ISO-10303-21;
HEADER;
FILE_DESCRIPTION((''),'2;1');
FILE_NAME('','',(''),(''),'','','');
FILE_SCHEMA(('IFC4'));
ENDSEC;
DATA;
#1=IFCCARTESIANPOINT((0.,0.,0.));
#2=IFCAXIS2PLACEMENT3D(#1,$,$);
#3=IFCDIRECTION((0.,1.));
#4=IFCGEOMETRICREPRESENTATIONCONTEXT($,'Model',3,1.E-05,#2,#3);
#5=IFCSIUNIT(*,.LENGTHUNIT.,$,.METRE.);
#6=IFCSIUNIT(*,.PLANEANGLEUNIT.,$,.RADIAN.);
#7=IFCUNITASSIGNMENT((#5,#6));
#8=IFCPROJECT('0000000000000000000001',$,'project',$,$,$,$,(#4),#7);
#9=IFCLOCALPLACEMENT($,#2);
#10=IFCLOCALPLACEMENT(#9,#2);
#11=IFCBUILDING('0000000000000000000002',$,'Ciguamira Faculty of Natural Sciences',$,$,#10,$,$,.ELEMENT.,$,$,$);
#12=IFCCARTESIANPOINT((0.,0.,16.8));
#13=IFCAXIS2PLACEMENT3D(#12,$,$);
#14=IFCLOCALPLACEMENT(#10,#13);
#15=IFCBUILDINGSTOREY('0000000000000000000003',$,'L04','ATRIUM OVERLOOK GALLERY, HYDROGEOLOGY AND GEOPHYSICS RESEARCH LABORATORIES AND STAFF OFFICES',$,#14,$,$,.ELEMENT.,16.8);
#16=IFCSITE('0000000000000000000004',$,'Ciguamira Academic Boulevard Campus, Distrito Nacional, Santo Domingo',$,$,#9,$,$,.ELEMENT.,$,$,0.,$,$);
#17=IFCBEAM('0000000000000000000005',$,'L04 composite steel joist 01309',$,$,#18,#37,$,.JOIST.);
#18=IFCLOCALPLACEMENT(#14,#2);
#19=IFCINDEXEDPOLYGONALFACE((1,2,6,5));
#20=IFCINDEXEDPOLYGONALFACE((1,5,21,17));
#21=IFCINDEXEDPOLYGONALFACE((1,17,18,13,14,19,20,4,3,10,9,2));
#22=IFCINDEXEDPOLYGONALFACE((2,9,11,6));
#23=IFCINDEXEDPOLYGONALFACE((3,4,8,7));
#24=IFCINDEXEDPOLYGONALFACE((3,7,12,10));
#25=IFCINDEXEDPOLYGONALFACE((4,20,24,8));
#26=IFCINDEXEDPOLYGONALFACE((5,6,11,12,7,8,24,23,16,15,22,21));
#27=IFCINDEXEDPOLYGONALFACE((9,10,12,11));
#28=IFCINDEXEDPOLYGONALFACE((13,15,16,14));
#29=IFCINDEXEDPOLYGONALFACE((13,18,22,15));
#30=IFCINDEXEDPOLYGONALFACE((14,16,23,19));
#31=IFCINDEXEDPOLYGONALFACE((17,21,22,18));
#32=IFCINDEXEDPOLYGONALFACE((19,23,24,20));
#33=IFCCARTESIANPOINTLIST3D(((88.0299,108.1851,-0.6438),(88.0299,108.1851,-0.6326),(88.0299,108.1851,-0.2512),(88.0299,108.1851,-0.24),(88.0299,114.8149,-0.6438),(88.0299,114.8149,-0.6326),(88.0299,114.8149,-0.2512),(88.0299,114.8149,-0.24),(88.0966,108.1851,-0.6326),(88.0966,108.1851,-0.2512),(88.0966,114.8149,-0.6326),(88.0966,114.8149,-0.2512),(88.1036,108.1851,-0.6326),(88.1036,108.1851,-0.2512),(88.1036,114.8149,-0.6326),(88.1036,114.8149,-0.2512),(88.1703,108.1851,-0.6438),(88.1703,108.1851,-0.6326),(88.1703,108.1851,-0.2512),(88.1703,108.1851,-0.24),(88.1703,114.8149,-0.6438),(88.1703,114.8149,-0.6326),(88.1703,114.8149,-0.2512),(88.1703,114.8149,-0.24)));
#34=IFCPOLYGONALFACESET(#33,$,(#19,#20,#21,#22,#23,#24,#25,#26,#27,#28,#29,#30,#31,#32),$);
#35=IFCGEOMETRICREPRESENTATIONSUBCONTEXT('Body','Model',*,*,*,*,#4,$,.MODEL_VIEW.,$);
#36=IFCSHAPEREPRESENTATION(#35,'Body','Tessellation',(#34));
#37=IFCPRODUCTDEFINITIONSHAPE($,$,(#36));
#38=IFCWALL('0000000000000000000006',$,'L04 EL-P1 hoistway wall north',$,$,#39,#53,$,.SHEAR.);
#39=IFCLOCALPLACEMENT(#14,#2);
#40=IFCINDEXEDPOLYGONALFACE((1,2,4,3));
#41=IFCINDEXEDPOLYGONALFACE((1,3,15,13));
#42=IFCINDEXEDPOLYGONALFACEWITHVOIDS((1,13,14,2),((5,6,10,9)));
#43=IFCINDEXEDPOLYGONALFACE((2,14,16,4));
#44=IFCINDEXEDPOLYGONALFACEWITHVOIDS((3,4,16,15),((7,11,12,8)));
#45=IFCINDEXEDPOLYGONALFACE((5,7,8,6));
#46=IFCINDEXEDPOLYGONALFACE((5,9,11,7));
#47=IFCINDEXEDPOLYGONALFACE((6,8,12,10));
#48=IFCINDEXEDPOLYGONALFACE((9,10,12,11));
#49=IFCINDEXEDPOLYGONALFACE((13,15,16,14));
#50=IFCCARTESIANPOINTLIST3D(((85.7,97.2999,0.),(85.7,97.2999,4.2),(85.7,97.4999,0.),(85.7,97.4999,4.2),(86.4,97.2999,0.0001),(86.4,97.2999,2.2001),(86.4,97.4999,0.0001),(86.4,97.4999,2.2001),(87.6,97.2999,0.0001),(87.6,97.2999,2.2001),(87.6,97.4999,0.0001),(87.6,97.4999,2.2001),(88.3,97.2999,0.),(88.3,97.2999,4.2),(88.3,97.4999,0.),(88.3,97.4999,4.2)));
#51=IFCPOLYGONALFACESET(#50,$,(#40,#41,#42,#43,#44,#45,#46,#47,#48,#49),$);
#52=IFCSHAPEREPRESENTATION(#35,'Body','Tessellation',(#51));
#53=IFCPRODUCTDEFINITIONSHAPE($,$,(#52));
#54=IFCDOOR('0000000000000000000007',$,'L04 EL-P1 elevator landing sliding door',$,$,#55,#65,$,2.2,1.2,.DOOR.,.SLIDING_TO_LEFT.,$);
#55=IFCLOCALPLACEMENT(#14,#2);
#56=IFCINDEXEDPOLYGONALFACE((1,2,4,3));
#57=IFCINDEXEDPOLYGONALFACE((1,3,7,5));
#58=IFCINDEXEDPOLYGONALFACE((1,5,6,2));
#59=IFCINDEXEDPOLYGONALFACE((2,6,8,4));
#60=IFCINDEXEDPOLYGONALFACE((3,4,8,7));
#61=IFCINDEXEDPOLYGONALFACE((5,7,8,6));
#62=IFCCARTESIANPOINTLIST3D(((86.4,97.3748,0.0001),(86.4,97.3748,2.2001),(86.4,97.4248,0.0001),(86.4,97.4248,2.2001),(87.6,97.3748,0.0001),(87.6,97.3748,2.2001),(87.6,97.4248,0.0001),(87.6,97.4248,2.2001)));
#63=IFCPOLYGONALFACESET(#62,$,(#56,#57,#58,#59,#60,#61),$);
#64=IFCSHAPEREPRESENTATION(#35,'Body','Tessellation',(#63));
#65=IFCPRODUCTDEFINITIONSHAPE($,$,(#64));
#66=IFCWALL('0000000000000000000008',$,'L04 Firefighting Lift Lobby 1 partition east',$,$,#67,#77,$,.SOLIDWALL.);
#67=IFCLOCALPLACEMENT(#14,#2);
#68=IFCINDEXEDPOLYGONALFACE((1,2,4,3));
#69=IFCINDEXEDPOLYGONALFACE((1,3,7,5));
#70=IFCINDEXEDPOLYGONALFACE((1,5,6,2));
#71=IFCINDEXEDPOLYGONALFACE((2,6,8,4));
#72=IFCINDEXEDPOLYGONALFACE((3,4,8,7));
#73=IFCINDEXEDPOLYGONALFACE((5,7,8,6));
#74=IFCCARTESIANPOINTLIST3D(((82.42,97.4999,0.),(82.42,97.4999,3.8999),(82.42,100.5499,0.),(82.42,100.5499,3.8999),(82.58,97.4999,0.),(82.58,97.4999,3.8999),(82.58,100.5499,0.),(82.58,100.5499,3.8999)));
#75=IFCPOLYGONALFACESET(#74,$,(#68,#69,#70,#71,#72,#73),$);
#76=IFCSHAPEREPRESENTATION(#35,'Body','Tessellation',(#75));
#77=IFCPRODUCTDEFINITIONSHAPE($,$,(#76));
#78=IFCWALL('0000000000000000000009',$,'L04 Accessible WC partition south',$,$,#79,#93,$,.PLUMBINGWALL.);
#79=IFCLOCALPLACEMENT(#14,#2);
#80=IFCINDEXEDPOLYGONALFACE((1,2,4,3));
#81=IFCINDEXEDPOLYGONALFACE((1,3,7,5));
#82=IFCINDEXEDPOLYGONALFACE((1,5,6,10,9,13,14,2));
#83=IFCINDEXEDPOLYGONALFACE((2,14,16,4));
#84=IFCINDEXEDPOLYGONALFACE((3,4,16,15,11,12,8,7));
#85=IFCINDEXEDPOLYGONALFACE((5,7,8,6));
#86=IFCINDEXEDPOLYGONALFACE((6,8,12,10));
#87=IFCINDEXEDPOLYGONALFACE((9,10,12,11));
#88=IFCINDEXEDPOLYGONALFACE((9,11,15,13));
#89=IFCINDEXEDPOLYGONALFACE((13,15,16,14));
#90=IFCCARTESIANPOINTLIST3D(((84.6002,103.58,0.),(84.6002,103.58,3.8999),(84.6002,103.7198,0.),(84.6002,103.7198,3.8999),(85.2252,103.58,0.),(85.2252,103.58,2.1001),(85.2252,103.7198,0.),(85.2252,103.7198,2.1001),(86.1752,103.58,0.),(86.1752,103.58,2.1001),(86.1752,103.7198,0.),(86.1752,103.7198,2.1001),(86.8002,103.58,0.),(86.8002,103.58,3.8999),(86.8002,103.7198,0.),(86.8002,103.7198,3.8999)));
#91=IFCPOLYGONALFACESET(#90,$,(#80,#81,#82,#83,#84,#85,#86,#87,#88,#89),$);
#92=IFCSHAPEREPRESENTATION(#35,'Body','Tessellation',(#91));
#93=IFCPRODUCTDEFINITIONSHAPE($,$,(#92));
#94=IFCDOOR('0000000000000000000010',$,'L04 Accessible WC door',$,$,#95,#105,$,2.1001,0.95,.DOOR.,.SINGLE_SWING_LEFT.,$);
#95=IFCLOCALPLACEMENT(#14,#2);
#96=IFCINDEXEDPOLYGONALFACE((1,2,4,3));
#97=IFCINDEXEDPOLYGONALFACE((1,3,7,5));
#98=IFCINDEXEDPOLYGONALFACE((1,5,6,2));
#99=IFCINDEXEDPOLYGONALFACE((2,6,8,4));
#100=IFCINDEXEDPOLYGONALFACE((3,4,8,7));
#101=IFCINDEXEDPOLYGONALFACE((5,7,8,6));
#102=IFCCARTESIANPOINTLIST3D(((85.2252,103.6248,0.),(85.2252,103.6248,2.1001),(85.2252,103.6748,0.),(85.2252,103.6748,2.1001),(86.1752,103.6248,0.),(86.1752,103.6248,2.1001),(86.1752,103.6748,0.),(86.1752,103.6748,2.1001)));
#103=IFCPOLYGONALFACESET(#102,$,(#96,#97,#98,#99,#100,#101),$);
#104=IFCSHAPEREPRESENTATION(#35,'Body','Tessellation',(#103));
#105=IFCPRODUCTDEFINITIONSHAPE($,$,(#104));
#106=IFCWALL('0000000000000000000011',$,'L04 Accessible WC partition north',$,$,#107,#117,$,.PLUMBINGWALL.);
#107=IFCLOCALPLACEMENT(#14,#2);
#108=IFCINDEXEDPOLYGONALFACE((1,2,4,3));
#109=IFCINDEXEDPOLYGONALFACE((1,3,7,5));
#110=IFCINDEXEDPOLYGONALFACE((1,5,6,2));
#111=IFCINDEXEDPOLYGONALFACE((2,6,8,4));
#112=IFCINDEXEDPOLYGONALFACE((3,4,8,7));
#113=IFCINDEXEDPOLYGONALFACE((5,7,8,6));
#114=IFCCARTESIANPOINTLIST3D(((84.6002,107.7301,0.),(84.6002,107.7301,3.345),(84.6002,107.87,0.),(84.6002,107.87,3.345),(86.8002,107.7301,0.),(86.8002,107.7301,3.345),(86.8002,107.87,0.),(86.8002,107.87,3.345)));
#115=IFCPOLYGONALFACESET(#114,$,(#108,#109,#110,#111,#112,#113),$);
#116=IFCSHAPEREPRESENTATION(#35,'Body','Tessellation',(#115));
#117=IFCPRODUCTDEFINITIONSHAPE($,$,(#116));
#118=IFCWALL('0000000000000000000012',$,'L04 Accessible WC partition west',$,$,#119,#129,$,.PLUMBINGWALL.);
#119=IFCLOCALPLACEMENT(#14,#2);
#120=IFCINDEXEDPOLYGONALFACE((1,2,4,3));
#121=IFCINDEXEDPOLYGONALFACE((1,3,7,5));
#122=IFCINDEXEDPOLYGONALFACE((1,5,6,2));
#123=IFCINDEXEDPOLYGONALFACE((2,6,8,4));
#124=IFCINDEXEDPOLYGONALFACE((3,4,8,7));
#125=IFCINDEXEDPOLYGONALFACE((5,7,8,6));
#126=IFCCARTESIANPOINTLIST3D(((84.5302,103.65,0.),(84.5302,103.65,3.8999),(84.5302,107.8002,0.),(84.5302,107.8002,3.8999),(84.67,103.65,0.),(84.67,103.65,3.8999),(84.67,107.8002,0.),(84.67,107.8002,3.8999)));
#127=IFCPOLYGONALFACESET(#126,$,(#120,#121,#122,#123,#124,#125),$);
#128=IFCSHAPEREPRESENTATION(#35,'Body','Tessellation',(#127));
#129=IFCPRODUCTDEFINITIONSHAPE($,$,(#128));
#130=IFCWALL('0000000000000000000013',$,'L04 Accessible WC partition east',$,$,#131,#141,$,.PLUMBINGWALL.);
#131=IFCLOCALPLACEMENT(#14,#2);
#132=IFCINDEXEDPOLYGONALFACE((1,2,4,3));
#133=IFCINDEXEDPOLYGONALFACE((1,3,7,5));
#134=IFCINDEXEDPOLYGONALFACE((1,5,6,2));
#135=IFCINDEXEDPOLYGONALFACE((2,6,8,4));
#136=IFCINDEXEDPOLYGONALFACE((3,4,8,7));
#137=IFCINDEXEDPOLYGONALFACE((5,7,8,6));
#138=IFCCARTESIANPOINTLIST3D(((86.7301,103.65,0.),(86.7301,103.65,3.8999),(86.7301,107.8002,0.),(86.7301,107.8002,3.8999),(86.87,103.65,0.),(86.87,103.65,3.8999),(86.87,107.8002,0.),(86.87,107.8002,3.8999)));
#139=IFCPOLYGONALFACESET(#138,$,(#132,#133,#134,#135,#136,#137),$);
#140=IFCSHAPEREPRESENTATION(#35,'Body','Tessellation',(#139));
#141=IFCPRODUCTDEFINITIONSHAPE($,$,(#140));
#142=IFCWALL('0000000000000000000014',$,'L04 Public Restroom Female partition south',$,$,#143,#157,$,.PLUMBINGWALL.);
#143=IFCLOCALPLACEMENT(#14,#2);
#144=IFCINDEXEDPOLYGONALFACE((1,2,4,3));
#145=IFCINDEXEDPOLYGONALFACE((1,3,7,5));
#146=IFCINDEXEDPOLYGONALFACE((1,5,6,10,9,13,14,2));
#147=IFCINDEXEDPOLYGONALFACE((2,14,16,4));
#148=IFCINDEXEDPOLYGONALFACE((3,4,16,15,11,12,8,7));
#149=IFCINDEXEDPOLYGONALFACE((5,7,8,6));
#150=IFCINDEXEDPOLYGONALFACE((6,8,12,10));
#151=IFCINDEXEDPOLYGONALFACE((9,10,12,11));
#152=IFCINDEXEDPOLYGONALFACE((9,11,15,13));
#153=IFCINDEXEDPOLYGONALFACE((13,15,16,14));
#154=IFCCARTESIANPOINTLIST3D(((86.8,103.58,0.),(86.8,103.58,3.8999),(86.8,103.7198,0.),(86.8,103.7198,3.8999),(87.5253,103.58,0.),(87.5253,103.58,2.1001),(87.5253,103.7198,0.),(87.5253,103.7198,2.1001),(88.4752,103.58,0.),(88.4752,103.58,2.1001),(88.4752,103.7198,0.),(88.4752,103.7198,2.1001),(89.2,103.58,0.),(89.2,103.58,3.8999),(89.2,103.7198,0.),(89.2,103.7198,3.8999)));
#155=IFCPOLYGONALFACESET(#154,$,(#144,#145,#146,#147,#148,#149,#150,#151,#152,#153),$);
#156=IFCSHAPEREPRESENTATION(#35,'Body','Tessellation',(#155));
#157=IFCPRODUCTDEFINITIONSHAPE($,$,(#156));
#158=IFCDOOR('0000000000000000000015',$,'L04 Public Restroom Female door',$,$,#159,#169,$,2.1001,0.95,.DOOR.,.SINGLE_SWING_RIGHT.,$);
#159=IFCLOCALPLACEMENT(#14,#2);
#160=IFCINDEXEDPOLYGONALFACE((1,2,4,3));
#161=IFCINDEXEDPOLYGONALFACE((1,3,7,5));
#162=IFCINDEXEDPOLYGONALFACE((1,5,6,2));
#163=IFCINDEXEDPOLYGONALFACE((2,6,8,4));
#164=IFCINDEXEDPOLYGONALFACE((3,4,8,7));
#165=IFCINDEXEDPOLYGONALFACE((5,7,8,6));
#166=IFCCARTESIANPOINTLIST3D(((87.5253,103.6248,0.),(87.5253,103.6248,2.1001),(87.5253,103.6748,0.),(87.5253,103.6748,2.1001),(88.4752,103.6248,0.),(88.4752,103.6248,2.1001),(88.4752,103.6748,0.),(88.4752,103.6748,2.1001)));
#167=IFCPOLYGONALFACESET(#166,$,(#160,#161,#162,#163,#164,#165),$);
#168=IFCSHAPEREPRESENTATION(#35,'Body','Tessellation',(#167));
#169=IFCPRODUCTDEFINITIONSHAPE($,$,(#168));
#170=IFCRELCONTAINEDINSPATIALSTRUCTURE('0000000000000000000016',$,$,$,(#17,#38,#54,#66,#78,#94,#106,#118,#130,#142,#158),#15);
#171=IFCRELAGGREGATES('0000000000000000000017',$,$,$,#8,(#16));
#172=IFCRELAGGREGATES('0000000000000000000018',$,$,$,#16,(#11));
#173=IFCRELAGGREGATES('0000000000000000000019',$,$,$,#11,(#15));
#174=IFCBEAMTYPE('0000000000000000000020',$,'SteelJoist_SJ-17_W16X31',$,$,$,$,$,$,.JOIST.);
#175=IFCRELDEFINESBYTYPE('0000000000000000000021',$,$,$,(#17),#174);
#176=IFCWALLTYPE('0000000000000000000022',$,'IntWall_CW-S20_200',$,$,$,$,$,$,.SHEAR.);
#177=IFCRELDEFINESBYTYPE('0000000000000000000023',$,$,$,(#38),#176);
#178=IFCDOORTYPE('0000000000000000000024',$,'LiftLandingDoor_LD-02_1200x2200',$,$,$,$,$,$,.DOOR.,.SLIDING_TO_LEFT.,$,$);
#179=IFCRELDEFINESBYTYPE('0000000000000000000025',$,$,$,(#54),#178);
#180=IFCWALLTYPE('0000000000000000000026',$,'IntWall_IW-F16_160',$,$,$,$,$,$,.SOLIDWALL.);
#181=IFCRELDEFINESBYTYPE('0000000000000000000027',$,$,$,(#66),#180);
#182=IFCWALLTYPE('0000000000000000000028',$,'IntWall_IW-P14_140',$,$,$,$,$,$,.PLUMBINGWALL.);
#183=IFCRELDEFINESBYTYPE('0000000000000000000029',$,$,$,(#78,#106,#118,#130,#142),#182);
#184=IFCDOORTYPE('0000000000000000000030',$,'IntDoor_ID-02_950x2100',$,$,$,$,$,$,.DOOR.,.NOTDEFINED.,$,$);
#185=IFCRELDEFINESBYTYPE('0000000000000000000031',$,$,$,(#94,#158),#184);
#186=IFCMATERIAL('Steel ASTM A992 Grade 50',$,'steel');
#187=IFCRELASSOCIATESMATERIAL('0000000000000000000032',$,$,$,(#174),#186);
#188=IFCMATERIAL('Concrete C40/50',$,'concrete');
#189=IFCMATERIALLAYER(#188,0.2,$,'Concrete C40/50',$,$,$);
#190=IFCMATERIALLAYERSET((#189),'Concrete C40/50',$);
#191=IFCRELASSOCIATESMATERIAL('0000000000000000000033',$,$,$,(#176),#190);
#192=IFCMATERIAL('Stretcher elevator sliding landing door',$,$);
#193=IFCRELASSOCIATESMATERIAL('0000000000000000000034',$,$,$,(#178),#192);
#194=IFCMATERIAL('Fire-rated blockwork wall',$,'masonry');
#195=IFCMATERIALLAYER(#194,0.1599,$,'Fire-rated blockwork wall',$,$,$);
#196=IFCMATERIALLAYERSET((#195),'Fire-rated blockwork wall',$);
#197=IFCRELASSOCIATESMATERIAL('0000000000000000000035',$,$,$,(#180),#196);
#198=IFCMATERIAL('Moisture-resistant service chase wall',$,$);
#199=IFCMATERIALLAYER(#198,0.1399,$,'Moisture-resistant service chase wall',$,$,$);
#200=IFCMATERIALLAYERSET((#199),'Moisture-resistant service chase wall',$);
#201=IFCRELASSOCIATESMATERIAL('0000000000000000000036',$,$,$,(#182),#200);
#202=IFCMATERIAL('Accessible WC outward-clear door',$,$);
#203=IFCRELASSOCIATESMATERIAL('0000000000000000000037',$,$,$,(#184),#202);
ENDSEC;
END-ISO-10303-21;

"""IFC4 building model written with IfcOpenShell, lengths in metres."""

from ifc_helpers import new_model, si_unit, direction, frame, frame_2d, origin, origin_2d, place, context, subcontext, project, spatial, rectangle, i_section, extrude, material, layer, layer_set, material_profile, profile_set, type_object, element, fill, save


model = new_model("IFC4")

# Units and contexts
model_context = context("Model", 3, precision=1e-05, world=origin(), true_north=direction((0.0, 1.0)))
body_context = subcontext(model_context, "Body", "Model", "MODEL_VIEW")
ifc_project = project(units=[si_unit("LENGTHUNIT", "METRE"), si_unit("PLANEANGLEUNIT", "RADIAN")], contexts=[model_context])

# Site, building, storey
site_placement = place(None, origin())
site = spatial("IfcSite", under=ifc_project, at=site_placement, Name="Ciguamira Academic Boulevard Campus, Distrito Nacional, Santo Domingo", CompositionType="ELEMENT", RefElevation=0.0)
building_placement = place(site_placement, origin())
building = spatial("IfcBuilding", under=site, at=building_placement, Name="Ciguamira Faculty of Natural Sciences", CompositionType="ELEMENT")
storey_placement = place(building_placement, frame((0.0, 0.0, 16.8)))
storey = spatial("IfcBuildingStorey", under=building, at=storey_placement, Name="L04", Description="ATRIUM OVERLOOK GALLERY, HYDROGEOLOGY AND GEOPHYSICS RESEARCH LABORATORIES AND STAFF OFFICES", CompositionType="ELEMENT", Elevation=16.8)

# Beam
ifc_material_1 = material(Name="Concrete C40/50", Category="concrete")
ifc_material_2 = material(Name="Steel ASTM A992 Grade 50", Category="steel")
ifc_material_profile_1 = material_profile(ifc_material_2, i_section(OverallWidth=0.1404, OverallDepth=0.4038, WebThickness=0.0071, FlangeThickness=0.0112, at=origin_2d()), Name="W16X31")
ifc_profile_set_1 = profile_set([ifc_material_profile_1], Name="Steel ASTM A992 Grade 50")
beam_type_1 = type_object("IfcBeamType", Name="SteelJoist_SJ-17_W16X31", PredefinedType="JOIST", material=ifc_profile_set_1)
beam_1_placement = place(storey_placement, frame((88.1001, 108.1851, -0.4419), z_axis=(0.0, 1.0, 0.0), x_axis=(-1.0, 0.0, 0.0)))
element("IfcBeam", 1, at=beam_1_placement, inside=storey, type_object=beam_type_1, Name="L04 composite steel joist 01309", PredefinedType="JOIST", context=body_context, shape_type="SweptSolid", body=[
    extrude(i_section(OverallWidth=0.1404, OverallDepth=0.4038, WebThickness=0.0071, FlangeThickness=0.0112, at=origin_2d()), origin(), (0.0, 0.0, 1.0), 6.6299),
])

# Wall, opening, door
ifc_layer_1 = layer(ifc_material_1, 0.2, Name="Concrete C40/50")
ifc_layer_set_1 = layer_set([ifc_layer_1], Name="Concrete C40/50")
wall_type_1 = type_object("IfcWallType", Name="IntWall_CW-S20_200", PredefinedType="SHEAR", material=ifc_layer_set_1)
wall_1_placement = place(storey_placement, frame((85.7, 97.3999, 0.0), z_axis=(0.0, 0.0, 1.0), x_axis=(1.0, 0.0, 0.0)))
wall_1 = element("IfcWall", 2, at=wall_1_placement, inside=storey, type_object=wall_type_1, Name="L04 EL-P1 hoistway wall north", PredefinedType="SHEAR", context=body_context, shape_type="SweptSolid", body=[
    extrude(rectangle(XDim=2.6001, YDim=0.2, at=frame_2d((1.3, 0.0))), origin(), (0.0, 0.0, 1.0), 4.2),
])
opening_1_placement = place(wall_1_placement, frame((0.7, 0.0, 0.0)))
opening_1 = element("IfcOpeningElement", 3, at=opening_1_placement, cuts=wall_1, PredefinedType="OPENING", context=body_context, shape_type="SweptSolid", body=[
    extrude(rectangle(XDim=1.2, YDim=2.2, at=frame_2d((0.6001, 1.1001))), frame((0.0, 0.1099, 0.0), z_axis=(0.0, -1.0, 0.0), x_axis=(1.0, 0.0, 0.0)), (0.0, 0.0, 1.0), 0.22),
])
ifc_material_3 = material(Name="Stretcher elevator sliding landing door")
door_type_1 = type_object("IfcDoorType", Name="LiftLandingDoor_LD-02_1200x2200", OperationType="SLIDING_TO_LEFT", PredefinedType="DOOR", material=ifc_material_3)
door_1_placement = place(opening_1_placement, origin())
door_1 = element("IfcDoor", 4, at=door_1_placement, inside=storey, type_object=door_type_1, Name="L04 EL-P1 elevator landing sliding door", OperationType="SLIDING_TO_LEFT", OverallHeight=2.2, OverallWidth=1.2, PredefinedType="DOOR", context=body_context, shape_type="SweptSolid", body=[
    extrude(rectangle(XDim=1.2, YDim=2.2, at=frame_2d((0.6001, 1.1001))), frame((0.0, 0.0249, 0.0), z_axis=(0.0, -1.0, 0.0), x_axis=(1.0, 0.0, 0.0)), (0.0, 0.0, 1.0), 0.05),
])
fill(opening_1, door_1)

# Wall
ifc_material_4 = material(Name="Fire-rated blockwork wall", Category="masonry")
ifc_layer_2 = layer(ifc_material_4, 0.1599, Name="Fire-rated blockwork wall")
ifc_layer_set_2 = layer_set([ifc_layer_2], Name="Fire-rated blockwork wall")
wall_type_2 = type_object("IfcWallType", Name="IntWall_IW-F16_160", PredefinedType="SOLIDWALL", material=ifc_layer_set_2)
wall_2_placement = place(storey_placement, frame((82.5, 97.5, 0.0), z_axis=(0.0, 0.0, 1.0), x_axis=(0.0, 1.0, 0.0)))
element("IfcWall", 5, at=wall_2_placement, inside=storey, type_object=wall_type_2, Name="L04 Firefighting Lift Lobby 1 partition east", PredefinedType="SOLIDWALL", context=body_context, shape_type="SweptSolid", body=[
    extrude(rectangle(XDim=3.05, YDim=0.1599, at=frame_2d((1.5249, 0.0))), origin(), (0.0, 0.0, 1.0), 3.8999),
])

# Wall, opening, door
ifc_material_5 = material(Name="Moisture-resistant service chase wall")
ifc_layer_3 = layer(ifc_material_5, 0.1399, Name="Moisture-resistant service chase wall")
ifc_layer_set_3 = layer_set([ifc_layer_3], Name="Moisture-resistant service chase wall")
wall_type_3 = type_object("IfcWallType", Name="IntWall_IW-P14_140", PredefinedType="PLUMBINGWALL", material=ifc_layer_set_3)
wall_3_placement = place(storey_placement, frame((84.6001, 103.6499, 0.0), z_axis=(0.0, 0.0, 1.0), x_axis=(1.0, 0.0, 0.0)))
wall_3 = element("IfcWall", 6, at=wall_3_placement, inside=storey, type_object=wall_type_3, Name="L04 Accessible WC partition south", PredefinedType="PLUMBINGWALL", context=body_context, shape_type="SweptSolid", body=[
    extrude(rectangle(XDim=2.2, YDim=0.1399, at=frame_2d((1.1001, 0.0))), origin(), (0.0, 0.0, 1.0), 3.8999),
])
opening_2_placement = place(wall_3_placement, frame((0.625, 0.0, 0.0)))
opening_2 = element("IfcOpeningElement", 7, at=opening_2_placement, cuts=wall_3, PredefinedType="OPENING", context=body_context, shape_type="SweptSolid", body=[
    extrude(rectangle(XDim=0.95, YDim=2.1001, at=frame_2d((0.4751, 1.05))), frame((0.0, 0.0798, 0.0), z_axis=(0.0, -1.0, 0.0), x_axis=(1.0, 0.0, 0.0)), (0.0, 0.0, 1.0), 0.1599),
])
ifc_material_6 = material(Name="Accessible WC outward-clear door")
door_type_2 = type_object("IfcDoorType", Name="IntDoor_ID-02_950x2100", OperationType="NOTDEFINED", PredefinedType="DOOR", material=ifc_material_6)
door_2_placement = place(opening_2_placement, origin())
door_2 = element("IfcDoor", 8, at=door_2_placement, inside=storey, type_object=door_type_2, Name="L04 Accessible WC door", OperationType="SINGLE_SWING_LEFT", OverallHeight=2.1001, OverallWidth=0.95, PredefinedType="DOOR", context=body_context, shape_type="SweptSolid", body=[
    extrude(rectangle(XDim=0.95, YDim=2.1001, at=frame_2d((0.4751, 1.05))), frame((0.0, 0.0249, 0.0), z_axis=(0.0, -1.0, 0.0), x_axis=(1.0, 0.0, 0.0)), (0.0, 0.0, 1.0), 0.05),
])
fill(opening_2, door_2)

# Walls
wall_4_placement = place(storey_placement, frame((84.6001, 107.8, 0.0), z_axis=(0.0, 0.0, 1.0), x_axis=(1.0, 0.0, 0.0)))
element("IfcWall", 9, at=wall_4_placement, inside=storey, type_object=wall_type_3, Name="L04 Accessible WC partition north", PredefinedType="PLUMBINGWALL", context=body_context, shape_type="SweptSolid", body=[
    extrude(rectangle(XDim=2.2, YDim=0.1399, at=frame_2d((1.1001, 0.0))), origin(), (0.0, 0.0, 1.0), 3.345),
])
for number, where, z_axis, x_axis, name in (
    (10, (84.6001, 103.6499, 0.0), (0.0, 0.0, 1.0), (0.0, 1.0, 0.0), "L04 Accessible WC partition west"),
    (11, (86.8, 103.6499, 0.0), (0.0, 0.0, 1.0), (0.0, 1.0, 0.0), "L04 Accessible WC partition east"),
):
    element("IfcWall", number, at=place(storey_placement, frame(where, z_axis=z_axis, x_axis=x_axis)), inside=storey, type_object=wall_type_3, Name=name, PredefinedType="PLUMBINGWALL", context=body_context, shape_type="SweptSolid", body=[
        extrude(rectangle(XDim=4.1501, YDim=0.1399, at=frame_2d((2.0752, 0.0))), origin(), (0.0, 0.0, 1.0), 3.8999),
    ])

# Wall, opening, door
wall_5_placement = place(storey_placement, frame((86.8, 103.6499, 0.0), z_axis=(0.0, 0.0, 1.0), x_axis=(1.0, 0.0, 0.0)))
wall_5 = element("IfcWall", 12, at=wall_5_placement, inside=storey, type_object=wall_type_3, Name="L04 Public Restroom Female partition south", PredefinedType="PLUMBINGWALL", context=body_context, shape_type="SweptSolid", body=[
    extrude(rectangle(XDim=2.3999, YDim=0.1399, at=frame_2d((1.2, 0.0))), origin(), (0.0, 0.0, 1.0), 3.8999),
])
opening_3_placement = place(wall_5_placement, frame((0.7251, 0.0, 0.0)))
opening_3 = element("IfcOpeningElement", 13, at=opening_3_placement, cuts=wall_5, PredefinedType="OPENING", context=body_context, shape_type="SweptSolid", body=[
    extrude(rectangle(XDim=0.95, YDim=2.1001, at=frame_2d((0.4751, 1.05))), frame((0.0, 0.0798, 0.0), z_axis=(0.0, -1.0, 0.0), x_axis=(1.0, 0.0, 0.0)), (0.0, 0.0, 1.0), 0.1599),
])
door_3_placement = place(opening_3_placement, origin())
door_3 = element("IfcDoor", 14, at=door_3_placement, inside=storey, type_object=door_type_2, Name="L04 Public Restroom Female door", OperationType="SINGLE_SWING_RIGHT", OverallHeight=2.1001, OverallWidth=0.95, PredefinedType="DOOR", context=body_context, shape_type="SweptSolid", body=[
    extrude(rectangle(XDim=0.95, YDim=2.1001, at=frame_2d((0.4751, 1.05))), frame((0.0, 0.0249, 0.0), z_axis=(0.0, -1.0, 0.0), x_axis=(1.0, 0.0, 0.0)), (0.0, 0.0, 1.0), 0.05),
])
fill(opening_3, door_3)

save(model, "model.ifc")
